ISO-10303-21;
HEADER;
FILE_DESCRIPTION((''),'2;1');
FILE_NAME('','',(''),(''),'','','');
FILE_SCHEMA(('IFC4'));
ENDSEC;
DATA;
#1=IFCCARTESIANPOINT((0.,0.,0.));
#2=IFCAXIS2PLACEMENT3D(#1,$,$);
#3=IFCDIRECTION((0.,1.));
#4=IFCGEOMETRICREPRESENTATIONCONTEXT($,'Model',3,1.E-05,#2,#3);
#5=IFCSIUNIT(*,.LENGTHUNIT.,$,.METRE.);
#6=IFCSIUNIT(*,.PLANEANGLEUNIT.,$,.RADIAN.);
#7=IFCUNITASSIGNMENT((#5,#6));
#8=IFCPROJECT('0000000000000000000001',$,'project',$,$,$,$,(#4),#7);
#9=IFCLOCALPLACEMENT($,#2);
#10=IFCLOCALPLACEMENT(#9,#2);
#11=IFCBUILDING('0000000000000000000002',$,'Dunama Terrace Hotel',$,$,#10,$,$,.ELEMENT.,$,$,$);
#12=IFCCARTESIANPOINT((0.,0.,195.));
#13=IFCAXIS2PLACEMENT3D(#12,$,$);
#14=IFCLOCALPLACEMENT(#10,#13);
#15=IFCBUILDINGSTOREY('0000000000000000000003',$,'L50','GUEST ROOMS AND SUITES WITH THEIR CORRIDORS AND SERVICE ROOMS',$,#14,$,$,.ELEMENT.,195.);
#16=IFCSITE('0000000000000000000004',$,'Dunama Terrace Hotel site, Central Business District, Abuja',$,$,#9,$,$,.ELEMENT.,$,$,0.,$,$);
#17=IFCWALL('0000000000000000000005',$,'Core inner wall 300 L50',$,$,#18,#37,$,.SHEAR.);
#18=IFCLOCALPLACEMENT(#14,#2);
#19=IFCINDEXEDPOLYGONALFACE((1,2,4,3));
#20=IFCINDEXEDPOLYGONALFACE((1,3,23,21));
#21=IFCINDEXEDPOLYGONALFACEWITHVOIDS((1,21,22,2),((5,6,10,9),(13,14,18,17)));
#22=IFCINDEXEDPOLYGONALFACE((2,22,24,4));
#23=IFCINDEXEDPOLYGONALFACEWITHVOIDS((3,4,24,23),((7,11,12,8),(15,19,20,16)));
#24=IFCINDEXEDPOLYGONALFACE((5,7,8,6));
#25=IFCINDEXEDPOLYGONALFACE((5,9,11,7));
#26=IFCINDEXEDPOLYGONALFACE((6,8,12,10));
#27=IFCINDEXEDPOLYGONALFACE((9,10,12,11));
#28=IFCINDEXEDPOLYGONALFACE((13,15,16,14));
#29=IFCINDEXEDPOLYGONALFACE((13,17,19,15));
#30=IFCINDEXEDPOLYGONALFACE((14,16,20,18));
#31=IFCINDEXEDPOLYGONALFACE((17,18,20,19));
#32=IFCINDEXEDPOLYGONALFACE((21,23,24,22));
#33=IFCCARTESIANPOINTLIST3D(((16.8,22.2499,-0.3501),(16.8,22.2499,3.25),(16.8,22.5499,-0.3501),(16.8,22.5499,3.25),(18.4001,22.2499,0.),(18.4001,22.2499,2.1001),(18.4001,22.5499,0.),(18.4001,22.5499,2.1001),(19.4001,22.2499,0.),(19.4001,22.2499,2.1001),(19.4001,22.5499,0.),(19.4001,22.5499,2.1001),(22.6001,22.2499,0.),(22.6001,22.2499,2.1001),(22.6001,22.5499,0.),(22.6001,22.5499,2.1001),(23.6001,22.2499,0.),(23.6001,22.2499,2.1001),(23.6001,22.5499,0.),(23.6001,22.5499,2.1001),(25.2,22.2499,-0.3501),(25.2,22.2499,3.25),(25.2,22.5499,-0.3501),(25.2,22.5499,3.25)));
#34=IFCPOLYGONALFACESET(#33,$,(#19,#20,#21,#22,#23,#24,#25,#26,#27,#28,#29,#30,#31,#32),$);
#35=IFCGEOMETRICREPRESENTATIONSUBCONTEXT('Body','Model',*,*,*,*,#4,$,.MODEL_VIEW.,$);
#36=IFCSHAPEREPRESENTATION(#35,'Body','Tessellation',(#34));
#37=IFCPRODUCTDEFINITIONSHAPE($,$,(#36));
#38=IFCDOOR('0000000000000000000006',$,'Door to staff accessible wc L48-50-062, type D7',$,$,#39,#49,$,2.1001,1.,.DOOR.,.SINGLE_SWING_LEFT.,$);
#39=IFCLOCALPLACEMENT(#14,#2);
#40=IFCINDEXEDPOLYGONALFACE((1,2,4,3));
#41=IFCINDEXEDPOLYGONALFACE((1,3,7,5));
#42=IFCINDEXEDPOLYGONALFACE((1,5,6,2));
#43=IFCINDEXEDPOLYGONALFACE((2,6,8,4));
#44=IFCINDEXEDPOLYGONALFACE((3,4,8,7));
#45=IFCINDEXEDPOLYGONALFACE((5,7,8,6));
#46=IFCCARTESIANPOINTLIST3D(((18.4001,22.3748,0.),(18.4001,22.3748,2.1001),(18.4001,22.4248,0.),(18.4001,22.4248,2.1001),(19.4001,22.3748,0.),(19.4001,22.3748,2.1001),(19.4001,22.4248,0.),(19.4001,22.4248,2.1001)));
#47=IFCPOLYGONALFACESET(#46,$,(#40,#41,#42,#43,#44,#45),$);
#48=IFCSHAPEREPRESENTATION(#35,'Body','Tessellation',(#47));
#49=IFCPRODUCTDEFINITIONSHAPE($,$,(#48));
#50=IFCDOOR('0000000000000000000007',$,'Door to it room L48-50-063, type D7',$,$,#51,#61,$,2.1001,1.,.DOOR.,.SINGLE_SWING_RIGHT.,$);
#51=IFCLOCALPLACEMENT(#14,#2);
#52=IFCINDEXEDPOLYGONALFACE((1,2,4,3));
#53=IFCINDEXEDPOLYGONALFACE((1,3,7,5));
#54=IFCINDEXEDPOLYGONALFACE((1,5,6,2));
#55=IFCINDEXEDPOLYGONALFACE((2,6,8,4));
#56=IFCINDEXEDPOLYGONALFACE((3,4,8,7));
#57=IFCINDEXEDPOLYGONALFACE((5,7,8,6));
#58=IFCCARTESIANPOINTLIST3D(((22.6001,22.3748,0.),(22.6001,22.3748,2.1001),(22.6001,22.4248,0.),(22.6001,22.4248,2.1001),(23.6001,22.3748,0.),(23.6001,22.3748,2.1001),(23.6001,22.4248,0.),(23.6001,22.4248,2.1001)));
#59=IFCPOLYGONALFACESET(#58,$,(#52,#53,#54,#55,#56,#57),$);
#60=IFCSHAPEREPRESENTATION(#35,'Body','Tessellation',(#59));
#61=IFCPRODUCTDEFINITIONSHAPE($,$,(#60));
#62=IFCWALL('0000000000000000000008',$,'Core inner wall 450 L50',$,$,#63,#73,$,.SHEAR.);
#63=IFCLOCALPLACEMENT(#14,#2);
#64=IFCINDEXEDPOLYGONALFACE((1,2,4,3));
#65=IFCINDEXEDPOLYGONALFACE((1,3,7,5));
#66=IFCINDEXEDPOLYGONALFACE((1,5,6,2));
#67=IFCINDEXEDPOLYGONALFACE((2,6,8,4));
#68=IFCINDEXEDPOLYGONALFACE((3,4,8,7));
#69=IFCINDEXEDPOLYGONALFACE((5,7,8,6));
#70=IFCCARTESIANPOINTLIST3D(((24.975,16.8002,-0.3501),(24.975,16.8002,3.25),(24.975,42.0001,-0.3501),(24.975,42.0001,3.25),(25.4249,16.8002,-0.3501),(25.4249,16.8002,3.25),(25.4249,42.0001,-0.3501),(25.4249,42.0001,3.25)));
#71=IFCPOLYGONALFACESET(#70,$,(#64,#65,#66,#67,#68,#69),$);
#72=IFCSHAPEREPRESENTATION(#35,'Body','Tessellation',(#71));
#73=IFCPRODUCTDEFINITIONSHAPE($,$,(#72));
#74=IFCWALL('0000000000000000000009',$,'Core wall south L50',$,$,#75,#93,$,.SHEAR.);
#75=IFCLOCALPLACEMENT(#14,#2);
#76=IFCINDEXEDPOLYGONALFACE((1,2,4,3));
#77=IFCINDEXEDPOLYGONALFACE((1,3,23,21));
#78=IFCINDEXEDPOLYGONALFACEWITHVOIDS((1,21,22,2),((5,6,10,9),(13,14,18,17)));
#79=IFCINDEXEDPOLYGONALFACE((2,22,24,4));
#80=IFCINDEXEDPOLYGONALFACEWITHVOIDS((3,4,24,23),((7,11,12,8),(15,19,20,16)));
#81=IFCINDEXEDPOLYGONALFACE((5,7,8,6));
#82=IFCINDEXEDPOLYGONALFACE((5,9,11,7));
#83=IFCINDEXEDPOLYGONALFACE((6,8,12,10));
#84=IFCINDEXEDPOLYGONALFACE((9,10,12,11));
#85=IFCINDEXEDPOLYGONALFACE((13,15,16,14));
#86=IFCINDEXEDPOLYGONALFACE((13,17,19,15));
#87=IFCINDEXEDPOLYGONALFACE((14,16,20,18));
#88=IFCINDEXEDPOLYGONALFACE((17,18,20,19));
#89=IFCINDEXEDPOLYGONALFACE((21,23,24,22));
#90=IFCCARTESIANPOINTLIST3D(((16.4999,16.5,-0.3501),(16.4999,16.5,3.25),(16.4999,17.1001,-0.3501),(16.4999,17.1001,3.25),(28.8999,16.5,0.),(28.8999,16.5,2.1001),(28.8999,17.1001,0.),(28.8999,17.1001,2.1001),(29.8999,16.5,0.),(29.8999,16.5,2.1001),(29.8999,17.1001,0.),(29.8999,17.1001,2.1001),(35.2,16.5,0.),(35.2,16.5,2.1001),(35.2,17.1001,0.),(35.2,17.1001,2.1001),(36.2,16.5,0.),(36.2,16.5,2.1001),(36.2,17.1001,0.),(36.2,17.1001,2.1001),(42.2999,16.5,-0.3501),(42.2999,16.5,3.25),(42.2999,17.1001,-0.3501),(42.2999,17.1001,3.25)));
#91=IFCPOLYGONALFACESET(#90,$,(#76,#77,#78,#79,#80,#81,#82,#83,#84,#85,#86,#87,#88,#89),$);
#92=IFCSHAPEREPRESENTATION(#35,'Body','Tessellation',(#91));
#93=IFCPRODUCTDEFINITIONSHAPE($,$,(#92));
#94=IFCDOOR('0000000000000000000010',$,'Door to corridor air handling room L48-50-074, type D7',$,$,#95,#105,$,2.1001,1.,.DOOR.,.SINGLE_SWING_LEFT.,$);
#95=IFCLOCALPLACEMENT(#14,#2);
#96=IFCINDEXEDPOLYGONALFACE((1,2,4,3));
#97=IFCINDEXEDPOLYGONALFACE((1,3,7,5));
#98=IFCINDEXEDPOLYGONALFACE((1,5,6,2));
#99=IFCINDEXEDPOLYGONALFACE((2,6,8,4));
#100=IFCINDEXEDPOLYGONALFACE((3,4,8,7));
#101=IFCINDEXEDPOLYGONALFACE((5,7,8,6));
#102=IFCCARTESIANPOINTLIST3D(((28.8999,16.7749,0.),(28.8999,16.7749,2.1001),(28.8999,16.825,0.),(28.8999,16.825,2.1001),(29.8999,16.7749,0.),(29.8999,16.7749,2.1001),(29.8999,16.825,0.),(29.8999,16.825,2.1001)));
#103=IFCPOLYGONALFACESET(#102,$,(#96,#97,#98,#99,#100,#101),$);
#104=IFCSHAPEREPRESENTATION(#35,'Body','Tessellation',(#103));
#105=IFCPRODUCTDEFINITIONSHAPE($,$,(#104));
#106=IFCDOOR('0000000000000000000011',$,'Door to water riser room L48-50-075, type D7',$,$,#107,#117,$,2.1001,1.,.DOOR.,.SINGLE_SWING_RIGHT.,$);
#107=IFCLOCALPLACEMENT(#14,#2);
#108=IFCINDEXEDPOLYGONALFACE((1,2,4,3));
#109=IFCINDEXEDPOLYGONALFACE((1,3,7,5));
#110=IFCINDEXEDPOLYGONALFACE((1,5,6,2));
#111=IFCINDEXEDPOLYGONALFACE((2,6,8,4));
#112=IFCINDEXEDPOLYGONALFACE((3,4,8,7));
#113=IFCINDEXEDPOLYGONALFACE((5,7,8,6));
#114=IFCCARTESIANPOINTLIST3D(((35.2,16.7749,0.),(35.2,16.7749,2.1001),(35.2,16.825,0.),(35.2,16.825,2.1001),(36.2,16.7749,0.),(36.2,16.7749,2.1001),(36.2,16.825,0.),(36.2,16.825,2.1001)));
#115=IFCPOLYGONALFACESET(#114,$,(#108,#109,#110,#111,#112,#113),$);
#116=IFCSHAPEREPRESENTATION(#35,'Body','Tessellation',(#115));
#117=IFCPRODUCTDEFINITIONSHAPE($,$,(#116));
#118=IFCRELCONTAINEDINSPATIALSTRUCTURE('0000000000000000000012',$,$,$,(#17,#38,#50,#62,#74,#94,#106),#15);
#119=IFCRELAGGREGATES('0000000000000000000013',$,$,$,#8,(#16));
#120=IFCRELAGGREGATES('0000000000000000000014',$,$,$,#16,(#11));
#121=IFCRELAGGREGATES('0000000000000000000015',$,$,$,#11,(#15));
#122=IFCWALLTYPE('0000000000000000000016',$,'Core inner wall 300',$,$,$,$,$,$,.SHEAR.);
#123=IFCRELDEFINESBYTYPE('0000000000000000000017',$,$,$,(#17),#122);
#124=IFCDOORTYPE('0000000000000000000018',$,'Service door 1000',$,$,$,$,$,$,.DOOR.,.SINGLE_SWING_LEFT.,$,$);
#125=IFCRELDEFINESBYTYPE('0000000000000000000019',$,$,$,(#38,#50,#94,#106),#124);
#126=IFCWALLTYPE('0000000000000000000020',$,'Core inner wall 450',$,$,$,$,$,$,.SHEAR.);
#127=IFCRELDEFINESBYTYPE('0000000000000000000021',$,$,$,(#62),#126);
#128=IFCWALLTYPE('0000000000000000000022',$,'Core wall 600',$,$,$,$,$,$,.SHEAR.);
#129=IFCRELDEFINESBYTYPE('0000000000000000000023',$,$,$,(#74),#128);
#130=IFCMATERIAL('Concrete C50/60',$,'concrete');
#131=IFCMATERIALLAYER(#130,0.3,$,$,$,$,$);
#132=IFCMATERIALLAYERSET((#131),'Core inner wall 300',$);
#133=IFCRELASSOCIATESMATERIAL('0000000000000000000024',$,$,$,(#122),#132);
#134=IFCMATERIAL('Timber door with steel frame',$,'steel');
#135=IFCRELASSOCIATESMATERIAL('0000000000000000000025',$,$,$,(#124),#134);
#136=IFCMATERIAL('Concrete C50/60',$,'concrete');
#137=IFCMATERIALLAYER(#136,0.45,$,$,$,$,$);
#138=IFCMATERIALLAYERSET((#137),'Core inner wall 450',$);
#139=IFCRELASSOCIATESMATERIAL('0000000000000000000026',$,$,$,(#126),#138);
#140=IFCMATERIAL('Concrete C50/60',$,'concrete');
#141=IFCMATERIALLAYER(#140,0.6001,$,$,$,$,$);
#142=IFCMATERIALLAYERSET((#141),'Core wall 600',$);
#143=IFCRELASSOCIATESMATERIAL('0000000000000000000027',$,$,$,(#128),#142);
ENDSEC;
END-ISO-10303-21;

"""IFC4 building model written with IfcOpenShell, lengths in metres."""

from ifc_helpers import new_model, si_unit, direction, frame, frame_2d, origin, place, context, subcontext, project, spatial, rectangle, extrude, material, layer, layer_set, type_object, element, fill, save


model = new_model("IFC4")

# Units and contexts
model_context = context("Model", 3, precision=1e-05, world=origin(), true_north=direction((0.0, 1.0)))
body_context = subcontext(model_context, "Body", "Model", "MODEL_VIEW")
ifc_project = project(units=[si_unit("LENGTHUNIT", "METRE"), si_unit("PLANEANGLEUNIT", "RADIAN")], contexts=[model_context])

# Site, building, storey
site_placement = place(None, origin())
site = spatial("IfcSite", under=ifc_project, at=site_placement, Name="Dunama Terrace Hotel site, Central Business District, Abuja", CompositionType="ELEMENT", RefElevation=0.0)
building_placement = place(site_placement, origin())
building = spatial("IfcBuilding", under=site, at=building_placement, Name="Dunama Terrace Hotel", CompositionType="ELEMENT")
storey_placement = place(building_placement, frame((0.0, 0.0, 195.0)))
storey = spatial("IfcBuildingStorey", under=building, at=storey_placement, Name="L50", Description="GUEST ROOMS AND SUITES WITH THEIR CORRIDORS AND SERVICE ROOMS", CompositionType="ELEMENT", Elevation=195.0)

# Shared definitions
ifc_material_1 = material(Name="Concrete C50/60", Category="concrete")
ifc_layer_1 = layer(ifc_material_1, 0.3)
ifc_layer_set_1 = layer_set([ifc_layer_1], Name="Core inner wall 300")
wall_type_1 = type_object("IfcWallType", Name="Core inner wall 300", PredefinedType="SHEAR", material=ifc_layer_set_1)

# Wall, openings, doors
ifc_material_2 = material(Name="Timber door with steel frame", Category="steel")
door_type_1 = type_object("IfcDoorType", Name="Service door 1000", OperationType="SINGLE_SWING_LEFT", PredefinedType="DOOR", material=ifc_material_2)
wall_1_placement = place(storey_placement, frame((16.8, 22.3999, -0.3501), z_axis=(0.0, 0.0, 1.0), x_axis=(1.0, 0.0, 0.0)))
wall_1 = element("IfcWall", 1, at=wall_1_placement, inside=storey, type_object=wall_type_1, Name="Core inner wall 300 L50", PredefinedType="SHEAR", context=body_context, shape_type="SweptSolid", body=[
    extrude(rectangle(XDim=8.3999, YDim=0.3, at=frame_2d((4.2, 0.0))), origin(), (0.0, 0.0, 1.0), 3.6001),
])
opening_1_placement = place(wall_1_placement, frame((1.6001, 0.0, 0.3501)))
opening_1 = element("IfcOpeningElement", 2, at=opening_1_placement, cuts=wall_1, PredefinedType="OPENING", context=body_context, shape_type="SweptSolid", body=[
    extrude(rectangle(XDim=1.0, YDim=2.1001, at=frame_2d((0.5, 1.05))), frame((0.0, 0.1599, 0.0), z_axis=(0.0, -1.0, 0.0), x_axis=(1.0, 0.0, 0.0)), (0.0, 0.0, 1.0), 0.3201),
])
opening_2_placement = place(wall_1_placement, frame((5.8, 0.0, 0.3501)))
opening_2 = element("IfcOpeningElement", 3, at=opening_2_placement, cuts=wall_1, PredefinedType="OPENING", context=body_context, shape_type="SweptSolid", body=[
    extrude(rectangle(XDim=1.0, YDim=2.1001, at=frame_2d((0.5, 1.05))), frame((0.0, 0.1599, 0.0), z_axis=(0.0, -1.0, 0.0), x_axis=(1.0, 0.0, 0.0)), (0.0, 0.0, 1.0), 0.3201),
])
door_1_placement = place(opening_1_placement, origin())
door_1 = element("IfcDoor", 4, at=door_1_placement, inside=storey, type_object=door_type_1, Name="Door to staff accessible wc L48-50-062, type D7", OperationType="SINGLE_SWING_LEFT", OverallHeight=2.1001, OverallWidth=1.0, PredefinedType="DOOR", context=body_context, shape_type="SweptSolid", body=[
    extrude(rectangle(XDim=1.0, YDim=2.1001, at=frame_2d((0.5, 1.05))), frame((0.0, 0.0249, 0.0), z_axis=(0.0, -1.0, 0.0), x_axis=(1.0, 0.0, 0.0)), (0.0, 0.0, 1.0), 0.05),
])
fill(opening_1, door_1)
door_2_placement = place(opening_2_placement, origin())
door_2 = element("IfcDoor", 5, at=door_2_placement, inside=storey, type_object=door_type_1, Name="Door to it room L48-50-063, type D7", OperationType="SINGLE_SWING_RIGHT", OverallHeight=2.1001, OverallWidth=1.0, PredefinedType="DOOR", context=body_context, shape_type="SweptSolid", body=[
    extrude(rectangle(XDim=1.0, YDim=2.1001, at=frame_2d((0.5, 1.05))), frame((0.0, 0.0249, 0.0), z_axis=(0.0, -1.0, 0.0), x_axis=(1.0, 0.0, 0.0)), (0.0, 0.0, 1.0), 0.05),
])
fill(opening_2, door_2)

# Wall
ifc_material_3 = material(Name="Concrete C50/60", Category="concrete")
ifc_layer_2 = layer(ifc_material_3, 0.45)
ifc_layer_set_2 = layer_set([ifc_layer_2], Name="Core inner wall 450")
wall_type_2 = type_object("IfcWallType", Name="Core inner wall 450", PredefinedType="SHEAR", material=ifc_layer_set_2)
wall_2_placement = place(storey_placement, frame((25.2, 16.8, -0.3501), z_axis=(0.0, 0.0, 1.0), x_axis=(0.0, 1.0, 0.0)))
element("IfcWall", 6, at=wall_2_placement, inside=storey, type_object=wall_type_2, Name="Core inner wall 450 L50", PredefinedType="SHEAR", context=body_context, shape_type="SweptSolid", body=[
    extrude(rectangle(XDim=25.2, YDim=0.45, at=frame_2d((12.6001, 0.0))), origin(), (0.0, 0.0, 1.0), 3.6001),
])

# Wall, openings, doors
ifc_material_4 = material(Name="Concrete C50/60", Category="concrete")
ifc_layer_3 = layer(ifc_material_4, 0.6001)
ifc_layer_set_3 = layer_set([ifc_layer_3], Name="Core wall 600")
wall_type_3 = type_object("IfcWallType", Name="Core wall 600", PredefinedType="SHEAR", material=ifc_layer_set_3)
wall_3_placement = place(storey_placement, frame((16.5, 16.8, -0.3501), z_axis=(0.0, 0.0, 1.0), x_axis=(1.0, 0.0, 0.0)))
wall_3 = element("IfcWall", 7, at=wall_3_placement, inside=storey, type_object=wall_type_3, Name="Core wall south L50", PredefinedType="SHEAR", context=body_context, shape_type="SweptSolid", body=[
    extrude(rectangle(XDim=25.8, YDim=0.6001, at=frame_2d((12.8999, 0.0))), origin(), (0.0, 0.0, 1.0), 3.6001),
])
opening_3_placement = place(wall_3_placement, frame((12.3999, 0.0, 0.3501)))
opening_3 = element("IfcOpeningElement", 8, at=opening_3_placement, cuts=wall_3, PredefinedType="OPENING", context=body_context, shape_type="SweptSolid", body=[
    extrude(rectangle(XDim=1.0, YDim=2.1001, at=frame_2d((0.5, 1.05))), frame((0.0, 0.3101, 0.0), z_axis=(0.0, -1.0, 0.0), x_axis=(1.0, 0.0, 0.0)), (0.0, 0.0, 1.0), 0.6201),
])
opening_4_placement = place(wall_3_placement, frame((18.7, 0.0, 0.3501)))
opening_4 = element("IfcOpeningElement", 9, at=opening_4_placement, cuts=wall_3, PredefinedType="OPENING", context=body_context, shape_type="SweptSolid", body=[
    extrude(rectangle(XDim=1.0, YDim=2.1001, at=frame_2d((0.5, 1.05))), frame((0.0, 0.3101, 0.0), z_axis=(0.0, -1.0, 0.0), x_axis=(1.0, 0.0, 0.0)), (0.0, 0.0, 1.0), 0.6201),
])
door_3_placement = place(opening_3_placement, origin())
door_3 = element("IfcDoor", 10, at=door_3_placement, inside=storey, type_object=door_type_1, Name="Door to corridor air handling room L48-50-074, type D7", OperationType="SINGLE_SWING_LEFT", OverallHeight=2.1001, OverallWidth=1.0, PredefinedType="DOOR", context=body_context, shape_type="SweptSolid", body=[
    extrude(rectangle(XDim=1.0, YDim=2.1001, at=frame_2d((0.5, 1.05))), frame((0.0, 0.0249, 0.0), z_axis=(0.0, -1.0, 0.0), x_axis=(1.0, 0.0, 0.0)), (0.0, 0.0, 1.0), 0.05),
])
fill(opening_3, door_3)
door_4_placement = place(opening_4_placement, origin())
door_4 = element("IfcDoor", 11, at=door_4_placement, inside=storey, type_object=door_type_1, Name="Door to water riser room L48-50-075, type D7", OperationType="SINGLE_SWING_RIGHT", OverallHeight=2.1001, OverallWidth=1.0, PredefinedType="DOOR", context=body_context, shape_type="SweptSolid", body=[
    extrude(rectangle(XDim=1.0, YDim=2.1001, at=frame_2d((0.5, 1.05))), frame((0.0, 0.0249, 0.0), z_axis=(0.0, -1.0, 0.0), x_axis=(1.0, 0.0, 0.0)), (0.0, 0.0, 1.0), 0.05),
])
fill(opening_4, door_4)

save(model, "model.ifc")
